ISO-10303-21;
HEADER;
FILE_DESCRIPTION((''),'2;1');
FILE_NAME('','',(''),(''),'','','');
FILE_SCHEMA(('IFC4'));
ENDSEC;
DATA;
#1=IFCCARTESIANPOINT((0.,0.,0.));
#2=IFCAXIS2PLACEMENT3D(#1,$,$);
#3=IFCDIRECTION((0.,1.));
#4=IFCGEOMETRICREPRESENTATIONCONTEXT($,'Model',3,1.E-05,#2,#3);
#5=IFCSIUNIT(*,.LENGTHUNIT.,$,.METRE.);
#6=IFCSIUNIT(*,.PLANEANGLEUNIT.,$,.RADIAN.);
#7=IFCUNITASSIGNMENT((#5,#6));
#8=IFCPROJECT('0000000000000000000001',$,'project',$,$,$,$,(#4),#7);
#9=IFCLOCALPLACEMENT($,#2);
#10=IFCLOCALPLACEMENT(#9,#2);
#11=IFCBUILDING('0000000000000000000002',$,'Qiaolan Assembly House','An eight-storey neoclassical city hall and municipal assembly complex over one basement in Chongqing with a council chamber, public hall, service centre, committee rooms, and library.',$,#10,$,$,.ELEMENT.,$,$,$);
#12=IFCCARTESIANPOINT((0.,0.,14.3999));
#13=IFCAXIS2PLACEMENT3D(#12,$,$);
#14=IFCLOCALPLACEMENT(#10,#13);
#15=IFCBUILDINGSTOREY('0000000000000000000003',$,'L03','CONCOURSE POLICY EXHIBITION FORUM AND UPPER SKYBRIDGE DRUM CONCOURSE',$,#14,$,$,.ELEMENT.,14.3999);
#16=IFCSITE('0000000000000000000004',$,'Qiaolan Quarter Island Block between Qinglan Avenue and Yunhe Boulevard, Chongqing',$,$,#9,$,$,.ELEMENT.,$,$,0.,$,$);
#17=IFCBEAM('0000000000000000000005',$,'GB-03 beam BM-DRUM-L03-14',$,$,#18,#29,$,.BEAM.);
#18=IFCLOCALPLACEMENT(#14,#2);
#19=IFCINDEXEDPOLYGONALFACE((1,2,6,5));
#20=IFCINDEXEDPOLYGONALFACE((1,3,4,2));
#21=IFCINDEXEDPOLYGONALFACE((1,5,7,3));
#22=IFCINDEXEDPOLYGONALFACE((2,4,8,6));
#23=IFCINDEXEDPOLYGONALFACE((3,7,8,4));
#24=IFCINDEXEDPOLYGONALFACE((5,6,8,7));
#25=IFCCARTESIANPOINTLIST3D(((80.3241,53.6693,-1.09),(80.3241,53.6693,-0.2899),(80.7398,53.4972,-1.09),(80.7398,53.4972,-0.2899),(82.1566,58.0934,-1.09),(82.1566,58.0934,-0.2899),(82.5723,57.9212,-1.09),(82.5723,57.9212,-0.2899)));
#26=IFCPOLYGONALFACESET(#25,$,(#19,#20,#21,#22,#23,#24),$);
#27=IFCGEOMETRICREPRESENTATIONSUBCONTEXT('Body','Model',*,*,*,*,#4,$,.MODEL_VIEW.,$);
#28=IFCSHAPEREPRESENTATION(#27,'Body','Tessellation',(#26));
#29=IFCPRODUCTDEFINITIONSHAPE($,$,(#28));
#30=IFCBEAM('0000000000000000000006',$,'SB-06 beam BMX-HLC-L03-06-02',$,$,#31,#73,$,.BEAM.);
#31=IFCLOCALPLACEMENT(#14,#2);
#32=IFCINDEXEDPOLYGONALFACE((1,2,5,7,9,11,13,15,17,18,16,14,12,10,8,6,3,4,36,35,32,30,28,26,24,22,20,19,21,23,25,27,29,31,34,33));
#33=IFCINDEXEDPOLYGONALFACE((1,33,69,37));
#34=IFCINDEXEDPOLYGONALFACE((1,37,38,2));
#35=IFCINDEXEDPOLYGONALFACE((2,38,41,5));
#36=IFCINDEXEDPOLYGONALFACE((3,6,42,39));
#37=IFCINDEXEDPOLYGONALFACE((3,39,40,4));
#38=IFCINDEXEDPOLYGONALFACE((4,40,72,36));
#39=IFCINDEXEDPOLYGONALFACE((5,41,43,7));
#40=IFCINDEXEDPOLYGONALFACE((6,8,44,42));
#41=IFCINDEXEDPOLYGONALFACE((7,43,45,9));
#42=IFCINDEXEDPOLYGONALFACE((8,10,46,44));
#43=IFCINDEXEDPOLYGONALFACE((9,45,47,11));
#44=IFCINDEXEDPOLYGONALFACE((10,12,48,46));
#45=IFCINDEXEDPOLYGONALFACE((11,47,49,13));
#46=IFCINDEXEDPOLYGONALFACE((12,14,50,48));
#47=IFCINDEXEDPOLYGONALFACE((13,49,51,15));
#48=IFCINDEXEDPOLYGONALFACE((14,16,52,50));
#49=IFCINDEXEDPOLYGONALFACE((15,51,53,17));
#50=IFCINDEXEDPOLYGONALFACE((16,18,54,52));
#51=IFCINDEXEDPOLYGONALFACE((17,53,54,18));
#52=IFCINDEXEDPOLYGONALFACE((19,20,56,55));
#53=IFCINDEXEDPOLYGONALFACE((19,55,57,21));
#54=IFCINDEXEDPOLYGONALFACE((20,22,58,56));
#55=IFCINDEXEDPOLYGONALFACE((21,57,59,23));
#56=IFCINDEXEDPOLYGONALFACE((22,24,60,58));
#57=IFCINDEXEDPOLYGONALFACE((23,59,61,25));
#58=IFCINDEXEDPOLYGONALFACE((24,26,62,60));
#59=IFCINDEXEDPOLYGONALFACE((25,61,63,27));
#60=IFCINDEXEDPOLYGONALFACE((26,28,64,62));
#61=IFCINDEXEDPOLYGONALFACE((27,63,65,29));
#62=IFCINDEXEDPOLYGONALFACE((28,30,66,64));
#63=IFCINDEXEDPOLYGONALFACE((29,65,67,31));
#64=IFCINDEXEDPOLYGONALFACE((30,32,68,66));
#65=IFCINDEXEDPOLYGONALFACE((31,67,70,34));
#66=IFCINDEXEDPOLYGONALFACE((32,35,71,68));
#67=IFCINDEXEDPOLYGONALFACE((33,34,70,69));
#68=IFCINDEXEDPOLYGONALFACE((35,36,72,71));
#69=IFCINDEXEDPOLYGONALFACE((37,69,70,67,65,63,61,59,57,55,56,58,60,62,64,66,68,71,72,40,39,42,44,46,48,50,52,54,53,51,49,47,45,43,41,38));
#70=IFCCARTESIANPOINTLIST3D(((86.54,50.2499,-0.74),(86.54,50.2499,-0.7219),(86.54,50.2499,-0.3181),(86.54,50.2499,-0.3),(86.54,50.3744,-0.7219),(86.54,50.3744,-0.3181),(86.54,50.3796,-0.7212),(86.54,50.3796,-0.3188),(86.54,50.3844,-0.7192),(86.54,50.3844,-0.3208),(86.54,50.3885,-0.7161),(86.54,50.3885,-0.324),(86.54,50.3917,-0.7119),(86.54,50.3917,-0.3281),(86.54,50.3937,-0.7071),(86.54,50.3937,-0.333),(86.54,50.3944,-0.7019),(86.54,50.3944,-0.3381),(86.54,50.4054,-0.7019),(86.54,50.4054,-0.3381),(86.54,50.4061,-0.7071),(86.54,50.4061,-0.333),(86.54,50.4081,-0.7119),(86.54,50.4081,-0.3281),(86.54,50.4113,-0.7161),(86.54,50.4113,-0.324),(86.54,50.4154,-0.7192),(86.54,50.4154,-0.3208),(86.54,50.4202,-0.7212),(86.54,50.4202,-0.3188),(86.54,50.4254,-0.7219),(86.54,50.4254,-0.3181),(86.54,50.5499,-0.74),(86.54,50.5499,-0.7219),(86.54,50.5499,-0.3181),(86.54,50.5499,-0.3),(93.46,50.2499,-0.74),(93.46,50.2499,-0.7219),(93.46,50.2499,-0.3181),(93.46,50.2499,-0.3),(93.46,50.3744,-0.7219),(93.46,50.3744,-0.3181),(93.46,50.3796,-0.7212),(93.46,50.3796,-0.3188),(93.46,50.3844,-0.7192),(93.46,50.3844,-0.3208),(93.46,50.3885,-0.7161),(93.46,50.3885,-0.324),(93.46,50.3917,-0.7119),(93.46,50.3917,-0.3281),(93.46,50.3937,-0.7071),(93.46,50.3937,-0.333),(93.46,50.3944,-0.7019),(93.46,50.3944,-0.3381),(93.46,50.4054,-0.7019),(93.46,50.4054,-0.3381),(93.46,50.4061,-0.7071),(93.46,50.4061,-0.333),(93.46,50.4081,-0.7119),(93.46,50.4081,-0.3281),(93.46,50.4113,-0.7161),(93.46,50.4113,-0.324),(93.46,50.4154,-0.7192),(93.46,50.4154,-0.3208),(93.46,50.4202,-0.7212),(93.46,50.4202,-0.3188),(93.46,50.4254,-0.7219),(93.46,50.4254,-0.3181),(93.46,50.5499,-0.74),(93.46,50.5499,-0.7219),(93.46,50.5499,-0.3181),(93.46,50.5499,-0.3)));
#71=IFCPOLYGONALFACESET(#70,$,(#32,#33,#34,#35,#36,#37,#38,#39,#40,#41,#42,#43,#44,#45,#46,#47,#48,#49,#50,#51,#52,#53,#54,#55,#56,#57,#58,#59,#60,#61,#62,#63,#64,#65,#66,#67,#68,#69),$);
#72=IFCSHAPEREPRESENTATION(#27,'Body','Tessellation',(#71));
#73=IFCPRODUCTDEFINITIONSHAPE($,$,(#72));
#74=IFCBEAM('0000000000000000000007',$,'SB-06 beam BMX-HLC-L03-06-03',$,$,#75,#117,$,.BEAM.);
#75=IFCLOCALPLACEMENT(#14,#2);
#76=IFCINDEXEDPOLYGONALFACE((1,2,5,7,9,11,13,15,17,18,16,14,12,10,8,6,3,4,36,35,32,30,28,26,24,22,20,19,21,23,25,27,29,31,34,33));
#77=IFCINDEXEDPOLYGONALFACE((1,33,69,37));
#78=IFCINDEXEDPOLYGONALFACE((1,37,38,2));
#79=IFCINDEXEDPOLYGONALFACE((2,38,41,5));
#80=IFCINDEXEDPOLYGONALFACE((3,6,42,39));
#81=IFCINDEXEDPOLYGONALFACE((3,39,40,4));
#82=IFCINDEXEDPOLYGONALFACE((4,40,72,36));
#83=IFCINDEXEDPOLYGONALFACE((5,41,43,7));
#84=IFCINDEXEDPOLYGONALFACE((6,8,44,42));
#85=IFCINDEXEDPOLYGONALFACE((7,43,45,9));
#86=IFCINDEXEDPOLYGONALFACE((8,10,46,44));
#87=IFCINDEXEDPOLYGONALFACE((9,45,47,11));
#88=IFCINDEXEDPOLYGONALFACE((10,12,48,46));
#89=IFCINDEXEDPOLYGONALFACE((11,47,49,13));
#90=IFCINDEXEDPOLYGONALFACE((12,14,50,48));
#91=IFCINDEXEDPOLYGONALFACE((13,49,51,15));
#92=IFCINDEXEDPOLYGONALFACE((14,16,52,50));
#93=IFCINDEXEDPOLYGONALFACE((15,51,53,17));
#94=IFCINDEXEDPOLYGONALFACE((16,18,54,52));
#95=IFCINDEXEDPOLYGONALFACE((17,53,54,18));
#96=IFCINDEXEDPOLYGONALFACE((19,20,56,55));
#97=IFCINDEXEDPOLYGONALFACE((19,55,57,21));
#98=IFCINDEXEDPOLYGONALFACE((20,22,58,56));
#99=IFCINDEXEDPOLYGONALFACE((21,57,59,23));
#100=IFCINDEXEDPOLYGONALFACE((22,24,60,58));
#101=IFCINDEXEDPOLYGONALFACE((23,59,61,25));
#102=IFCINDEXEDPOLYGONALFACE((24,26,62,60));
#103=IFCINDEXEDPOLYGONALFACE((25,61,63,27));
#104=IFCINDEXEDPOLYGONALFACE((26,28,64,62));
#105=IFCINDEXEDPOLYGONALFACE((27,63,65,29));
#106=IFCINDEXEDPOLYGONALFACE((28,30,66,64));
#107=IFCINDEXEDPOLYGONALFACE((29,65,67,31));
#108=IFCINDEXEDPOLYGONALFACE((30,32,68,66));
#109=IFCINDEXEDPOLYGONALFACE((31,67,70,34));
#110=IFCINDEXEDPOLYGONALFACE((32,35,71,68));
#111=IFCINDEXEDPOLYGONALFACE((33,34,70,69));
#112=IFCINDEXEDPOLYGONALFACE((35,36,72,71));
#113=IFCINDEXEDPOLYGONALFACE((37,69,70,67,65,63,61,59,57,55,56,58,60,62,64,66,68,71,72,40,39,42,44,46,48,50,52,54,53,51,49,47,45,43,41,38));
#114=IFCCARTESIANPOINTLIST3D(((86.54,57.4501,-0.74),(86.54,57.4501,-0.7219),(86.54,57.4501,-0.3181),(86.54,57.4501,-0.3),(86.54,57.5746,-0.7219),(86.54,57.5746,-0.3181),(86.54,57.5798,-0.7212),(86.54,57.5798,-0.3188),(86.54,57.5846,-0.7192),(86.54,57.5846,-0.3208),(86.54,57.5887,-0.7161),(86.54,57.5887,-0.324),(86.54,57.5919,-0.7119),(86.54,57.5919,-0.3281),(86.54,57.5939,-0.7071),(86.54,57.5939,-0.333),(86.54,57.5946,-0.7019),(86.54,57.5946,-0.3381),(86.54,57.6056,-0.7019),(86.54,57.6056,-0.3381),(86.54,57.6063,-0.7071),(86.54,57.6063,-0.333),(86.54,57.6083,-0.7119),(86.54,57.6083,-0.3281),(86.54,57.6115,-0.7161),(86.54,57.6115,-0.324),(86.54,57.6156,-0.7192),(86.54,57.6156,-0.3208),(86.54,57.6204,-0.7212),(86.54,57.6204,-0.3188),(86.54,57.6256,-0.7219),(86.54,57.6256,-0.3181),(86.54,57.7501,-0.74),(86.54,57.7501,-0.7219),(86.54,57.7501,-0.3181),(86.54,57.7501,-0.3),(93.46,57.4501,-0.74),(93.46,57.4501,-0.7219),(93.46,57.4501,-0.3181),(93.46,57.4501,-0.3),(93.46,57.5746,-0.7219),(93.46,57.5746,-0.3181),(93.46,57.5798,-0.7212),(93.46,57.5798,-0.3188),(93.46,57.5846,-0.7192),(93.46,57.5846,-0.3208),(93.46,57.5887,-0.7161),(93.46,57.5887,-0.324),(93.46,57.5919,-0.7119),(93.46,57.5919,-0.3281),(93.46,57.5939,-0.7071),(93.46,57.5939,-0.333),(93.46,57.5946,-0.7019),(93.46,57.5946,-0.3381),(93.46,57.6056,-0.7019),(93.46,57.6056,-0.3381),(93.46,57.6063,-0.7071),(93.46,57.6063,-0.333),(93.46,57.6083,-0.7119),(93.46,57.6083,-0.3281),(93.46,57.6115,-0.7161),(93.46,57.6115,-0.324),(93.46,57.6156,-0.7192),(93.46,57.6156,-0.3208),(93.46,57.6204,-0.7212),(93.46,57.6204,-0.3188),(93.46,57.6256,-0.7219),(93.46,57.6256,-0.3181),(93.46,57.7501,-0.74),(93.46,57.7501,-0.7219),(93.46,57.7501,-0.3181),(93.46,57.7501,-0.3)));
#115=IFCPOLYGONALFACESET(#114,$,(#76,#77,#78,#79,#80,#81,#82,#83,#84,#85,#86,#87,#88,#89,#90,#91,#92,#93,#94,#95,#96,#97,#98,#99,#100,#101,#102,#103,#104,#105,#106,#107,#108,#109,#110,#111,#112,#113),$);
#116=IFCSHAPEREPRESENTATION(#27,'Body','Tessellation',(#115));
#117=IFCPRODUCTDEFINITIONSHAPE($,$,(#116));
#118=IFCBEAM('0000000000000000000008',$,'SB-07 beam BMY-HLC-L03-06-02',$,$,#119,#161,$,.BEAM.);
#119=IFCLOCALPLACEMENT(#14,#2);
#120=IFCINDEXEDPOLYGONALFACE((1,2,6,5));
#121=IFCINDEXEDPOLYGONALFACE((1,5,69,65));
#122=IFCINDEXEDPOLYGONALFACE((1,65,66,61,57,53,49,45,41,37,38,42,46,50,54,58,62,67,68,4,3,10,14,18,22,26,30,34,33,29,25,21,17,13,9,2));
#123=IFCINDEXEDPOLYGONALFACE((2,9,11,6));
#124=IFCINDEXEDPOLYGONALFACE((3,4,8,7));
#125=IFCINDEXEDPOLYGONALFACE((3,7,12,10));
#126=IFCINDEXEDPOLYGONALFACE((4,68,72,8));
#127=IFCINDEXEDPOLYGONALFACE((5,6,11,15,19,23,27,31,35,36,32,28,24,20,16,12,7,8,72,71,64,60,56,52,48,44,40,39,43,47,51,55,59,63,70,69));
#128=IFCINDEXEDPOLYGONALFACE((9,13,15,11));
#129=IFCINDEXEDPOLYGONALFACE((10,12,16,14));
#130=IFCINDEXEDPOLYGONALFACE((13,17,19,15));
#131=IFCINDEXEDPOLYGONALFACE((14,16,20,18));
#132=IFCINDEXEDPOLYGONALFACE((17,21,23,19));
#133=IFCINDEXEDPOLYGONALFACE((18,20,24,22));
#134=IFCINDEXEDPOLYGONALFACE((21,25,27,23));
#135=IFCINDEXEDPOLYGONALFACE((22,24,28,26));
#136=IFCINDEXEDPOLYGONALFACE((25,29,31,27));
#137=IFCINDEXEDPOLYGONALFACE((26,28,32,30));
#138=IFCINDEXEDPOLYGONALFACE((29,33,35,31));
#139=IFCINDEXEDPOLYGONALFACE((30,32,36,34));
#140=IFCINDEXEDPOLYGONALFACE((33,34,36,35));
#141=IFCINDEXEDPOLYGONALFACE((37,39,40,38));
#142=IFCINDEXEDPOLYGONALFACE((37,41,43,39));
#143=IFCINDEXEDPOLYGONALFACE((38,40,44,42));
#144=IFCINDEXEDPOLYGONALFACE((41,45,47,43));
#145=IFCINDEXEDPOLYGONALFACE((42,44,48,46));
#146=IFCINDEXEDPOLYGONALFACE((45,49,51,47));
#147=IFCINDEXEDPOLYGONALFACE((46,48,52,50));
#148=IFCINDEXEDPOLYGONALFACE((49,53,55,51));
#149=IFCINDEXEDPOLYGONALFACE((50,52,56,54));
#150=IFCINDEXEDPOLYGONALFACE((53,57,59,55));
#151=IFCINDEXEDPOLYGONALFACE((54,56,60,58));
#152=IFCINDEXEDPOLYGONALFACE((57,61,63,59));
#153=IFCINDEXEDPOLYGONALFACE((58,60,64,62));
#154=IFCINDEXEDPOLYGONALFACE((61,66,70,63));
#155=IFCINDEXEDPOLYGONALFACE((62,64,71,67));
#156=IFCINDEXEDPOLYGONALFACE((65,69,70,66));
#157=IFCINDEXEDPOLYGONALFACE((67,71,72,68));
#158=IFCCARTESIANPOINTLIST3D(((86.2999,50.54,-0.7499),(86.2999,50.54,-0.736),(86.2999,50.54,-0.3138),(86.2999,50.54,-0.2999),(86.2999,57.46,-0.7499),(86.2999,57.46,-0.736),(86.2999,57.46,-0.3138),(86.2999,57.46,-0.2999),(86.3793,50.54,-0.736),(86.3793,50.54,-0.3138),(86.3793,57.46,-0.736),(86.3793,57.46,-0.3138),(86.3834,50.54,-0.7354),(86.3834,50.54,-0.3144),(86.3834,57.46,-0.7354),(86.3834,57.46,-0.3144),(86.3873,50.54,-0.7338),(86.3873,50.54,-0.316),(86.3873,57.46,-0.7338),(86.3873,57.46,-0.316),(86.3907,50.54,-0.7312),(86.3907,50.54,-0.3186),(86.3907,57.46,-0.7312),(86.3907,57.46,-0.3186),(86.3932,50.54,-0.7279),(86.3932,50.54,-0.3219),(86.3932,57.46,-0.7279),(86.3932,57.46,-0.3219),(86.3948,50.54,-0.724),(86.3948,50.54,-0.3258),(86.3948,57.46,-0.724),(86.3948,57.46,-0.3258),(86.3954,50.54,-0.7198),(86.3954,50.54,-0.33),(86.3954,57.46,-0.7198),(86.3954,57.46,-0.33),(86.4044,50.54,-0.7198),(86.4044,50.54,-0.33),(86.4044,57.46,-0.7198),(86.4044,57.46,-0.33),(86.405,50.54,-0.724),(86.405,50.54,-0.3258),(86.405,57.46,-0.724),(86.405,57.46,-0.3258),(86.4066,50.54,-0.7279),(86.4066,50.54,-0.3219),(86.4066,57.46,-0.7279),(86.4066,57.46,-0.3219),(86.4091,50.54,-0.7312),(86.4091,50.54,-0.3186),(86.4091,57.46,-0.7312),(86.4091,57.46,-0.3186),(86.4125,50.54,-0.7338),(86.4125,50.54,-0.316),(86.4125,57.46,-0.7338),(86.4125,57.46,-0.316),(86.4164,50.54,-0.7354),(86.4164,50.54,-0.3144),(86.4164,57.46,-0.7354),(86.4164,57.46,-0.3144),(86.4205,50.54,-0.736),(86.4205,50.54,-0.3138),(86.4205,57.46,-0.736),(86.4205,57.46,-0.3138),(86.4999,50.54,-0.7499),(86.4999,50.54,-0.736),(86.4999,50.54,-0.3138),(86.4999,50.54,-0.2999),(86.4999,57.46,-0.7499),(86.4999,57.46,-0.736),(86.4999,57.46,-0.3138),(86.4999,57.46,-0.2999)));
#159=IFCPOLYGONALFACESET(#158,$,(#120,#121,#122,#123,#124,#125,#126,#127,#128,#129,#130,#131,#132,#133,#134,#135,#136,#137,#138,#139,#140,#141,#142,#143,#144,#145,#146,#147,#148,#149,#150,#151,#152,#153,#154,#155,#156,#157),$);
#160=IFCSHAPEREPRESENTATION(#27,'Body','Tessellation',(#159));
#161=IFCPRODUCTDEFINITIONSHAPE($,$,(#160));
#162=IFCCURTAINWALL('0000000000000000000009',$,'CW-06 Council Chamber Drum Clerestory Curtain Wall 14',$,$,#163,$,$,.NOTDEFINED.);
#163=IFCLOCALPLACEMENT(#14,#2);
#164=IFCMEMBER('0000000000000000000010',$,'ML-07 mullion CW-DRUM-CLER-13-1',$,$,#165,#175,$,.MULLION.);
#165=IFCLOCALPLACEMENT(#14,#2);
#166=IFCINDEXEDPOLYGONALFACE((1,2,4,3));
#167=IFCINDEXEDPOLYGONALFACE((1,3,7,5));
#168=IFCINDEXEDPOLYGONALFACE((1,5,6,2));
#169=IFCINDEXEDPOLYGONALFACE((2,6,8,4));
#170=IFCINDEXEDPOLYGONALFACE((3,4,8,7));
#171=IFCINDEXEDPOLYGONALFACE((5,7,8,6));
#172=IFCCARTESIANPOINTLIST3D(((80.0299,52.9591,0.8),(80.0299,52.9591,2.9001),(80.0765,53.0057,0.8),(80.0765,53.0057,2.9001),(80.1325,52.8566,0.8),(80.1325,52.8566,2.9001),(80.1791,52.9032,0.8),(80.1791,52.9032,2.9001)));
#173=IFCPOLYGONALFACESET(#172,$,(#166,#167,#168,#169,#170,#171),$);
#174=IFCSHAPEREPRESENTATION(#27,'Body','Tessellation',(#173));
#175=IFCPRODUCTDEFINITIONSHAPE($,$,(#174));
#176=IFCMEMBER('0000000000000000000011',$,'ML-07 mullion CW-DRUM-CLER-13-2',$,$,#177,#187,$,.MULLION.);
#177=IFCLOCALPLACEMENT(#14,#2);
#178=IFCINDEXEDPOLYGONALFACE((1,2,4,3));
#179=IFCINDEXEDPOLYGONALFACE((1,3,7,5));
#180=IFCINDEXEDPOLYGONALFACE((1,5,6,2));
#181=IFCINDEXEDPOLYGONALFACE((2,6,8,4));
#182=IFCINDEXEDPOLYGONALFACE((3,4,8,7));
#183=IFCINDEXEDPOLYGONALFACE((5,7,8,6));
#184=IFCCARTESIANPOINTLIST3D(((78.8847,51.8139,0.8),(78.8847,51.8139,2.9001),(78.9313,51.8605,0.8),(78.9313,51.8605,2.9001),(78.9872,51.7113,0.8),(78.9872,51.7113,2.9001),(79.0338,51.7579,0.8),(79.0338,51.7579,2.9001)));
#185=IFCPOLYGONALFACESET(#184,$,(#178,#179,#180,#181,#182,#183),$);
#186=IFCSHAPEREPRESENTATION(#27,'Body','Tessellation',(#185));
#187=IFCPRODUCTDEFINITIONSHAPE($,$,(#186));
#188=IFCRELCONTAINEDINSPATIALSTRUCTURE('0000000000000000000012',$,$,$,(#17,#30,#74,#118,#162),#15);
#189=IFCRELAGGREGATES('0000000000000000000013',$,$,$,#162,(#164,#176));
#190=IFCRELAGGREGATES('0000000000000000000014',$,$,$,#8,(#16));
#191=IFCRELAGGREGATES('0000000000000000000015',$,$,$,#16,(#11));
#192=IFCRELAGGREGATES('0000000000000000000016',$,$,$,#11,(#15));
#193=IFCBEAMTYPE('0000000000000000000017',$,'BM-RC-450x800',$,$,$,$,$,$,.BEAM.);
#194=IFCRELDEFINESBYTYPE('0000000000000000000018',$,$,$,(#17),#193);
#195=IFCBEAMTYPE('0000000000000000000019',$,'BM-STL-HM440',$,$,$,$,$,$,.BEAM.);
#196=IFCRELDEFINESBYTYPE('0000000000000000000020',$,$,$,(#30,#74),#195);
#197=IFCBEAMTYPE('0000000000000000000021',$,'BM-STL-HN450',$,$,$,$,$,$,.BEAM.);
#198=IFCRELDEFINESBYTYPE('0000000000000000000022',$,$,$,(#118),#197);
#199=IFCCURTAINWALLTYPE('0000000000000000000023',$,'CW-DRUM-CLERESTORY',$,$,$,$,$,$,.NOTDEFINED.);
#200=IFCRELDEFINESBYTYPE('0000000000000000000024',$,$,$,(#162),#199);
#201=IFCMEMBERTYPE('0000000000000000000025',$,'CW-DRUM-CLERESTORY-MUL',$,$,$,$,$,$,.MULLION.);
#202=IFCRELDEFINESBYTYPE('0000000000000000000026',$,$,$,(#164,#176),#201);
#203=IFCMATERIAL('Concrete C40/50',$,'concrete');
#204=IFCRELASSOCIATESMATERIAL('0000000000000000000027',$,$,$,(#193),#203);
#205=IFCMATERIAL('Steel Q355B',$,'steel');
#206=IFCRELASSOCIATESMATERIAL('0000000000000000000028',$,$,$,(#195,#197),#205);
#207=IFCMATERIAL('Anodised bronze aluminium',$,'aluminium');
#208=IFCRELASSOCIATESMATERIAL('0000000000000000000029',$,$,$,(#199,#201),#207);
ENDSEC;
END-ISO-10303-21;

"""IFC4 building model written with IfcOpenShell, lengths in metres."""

from ifc_helpers import new_model, si_unit, direction, frame, origin, origin_2d, place, context, subcontext, project, spatial, rectangle, i_section, extrude, material, material_profile, profile_set, type_object, element, aggregate, save


model = new_model("IFC4")

# Units and contexts
model_context = context("Model", 3, precision=1e-05, world=origin(), true_north=direction((0.0, 1.0)))
body_context = subcontext(model_context, "Body", "Model", "MODEL_VIEW")
ifc_project = project(units=[si_unit("LENGTHUNIT", "METRE"), si_unit("PLANEANGLEUNIT", "RADIAN")], contexts=[model_context])

# Site, building, storey
site_placement = place(None, origin())
site = spatial("IfcSite", under=ifc_project, at=site_placement, Name="Qiaolan Quarter Island Block between Qinglan Avenue and Yunhe Boulevard, Chongqing", CompositionType="ELEMENT", RefElevation=0.0)
building_placement = place(site_placement, origin())
building = spatial("IfcBuilding", under=site, at=building_placement, Name="Qiaolan Assembly House", Description="An eight-storey neoclassical city hall and municipal assembly complex over one basement in Chongqing with a council chamber, public hall, service centre, committee rooms, and library.", CompositionType="ELEMENT")
storey_placement = place(building_placement, frame((0.0, 0.0, 14.3999)))
storey = spatial("IfcBuildingStorey", under=building, at=storey_placement, Name="L03", Description="CONCOURSE POLICY EXHIBITION FORUM AND UPPER SKYBRIDGE DRUM CONCOURSE", CompositionType="ELEMENT", Elevation=14.3999)

# Shared definitions
ifc_material_1 = material(Name="Steel Q355B", Category="steel")

# Beams
ifc_material_2 = material(Name="Concrete C40/50", Category="concrete")
ifc_material_profile_1 = material_profile(ifc_material_2, rectangle(XDim=0.45, YDim=0.8, at=origin_2d()), Name="RCB 450x800")
ifc_profile_set_1 = profile_set([ifc_material_profile_1], Name="Concrete C40/50")
beam_type_1 = type_object("IfcBeamType", Name="BM-RC-450x800", PredefinedType="BEAM", material=ifc_profile_set_1)
beam_1_placement = place(storey_placement, frame((80.532, 53.5833, -0.6899), z_axis=(0.382685, 0.923879, 0.0), x_axis=(-0.923879, 0.382685, 0.0)))
element("IfcBeam", 1, at=beam_1_placement, inside=storey, type_object=beam_type_1, Name="GB-03 beam BM-DRUM-L03-14", PredefinedType="BEAM", context=body_context, shape_type="SweptSolid", body=[
    extrude(rectangle(XDim=0.45, YDim=0.8, at=origin_2d()), origin(), (0.0, 0.0, 1.0), 4.7886),
])
ifc_material_profile_2 = material_profile(ifc_material_1, i_section(OverallWidth=0.3, OverallDepth=0.4399, WebThickness=0.011, FlangeThickness=0.0181, FilletRadius=0.02, at=origin_2d()), Name="HM 440x300x11x18")
ifc_profile_set_2 = profile_set([ifc_material_profile_2], Name="Steel Q355B")
beam_type_2 = type_object("IfcBeamType", Name="BM-STL-HM440", PredefinedType="BEAM", material=ifc_profile_set_2)
for number, where, z_axis, x_axis, name in (
    (2, (86.54, 50.3999, -0.52), (1.0, 0.0, 0.0), (0.0, 1.0, 0.0), "SB-06 beam BMX-HLC-L03-06-02"),
    (3, (86.54, 57.6001, -0.52), (1.0, 0.0, 0.0), (0.0, 1.0, 0.0), "SB-06 beam BMX-HLC-L03-06-03"),
):
    element("IfcBeam", number, at=place(storey_placement, frame(where, z_axis=z_axis, x_axis=x_axis)), inside=storey, type_object=beam_type_2, Name=name, PredefinedType="BEAM", context=body_context, shape_type="SweptSolid", body=[
        extrude(i_section(OverallWidth=0.3, OverallDepth=0.4399, WebThickness=0.011, FlangeThickness=0.0181, FilletRadius=0.02, at=origin_2d()), origin(), (0.0, 0.0, 1.0), 6.9199),
    ])
ifc_material_profile_3 = material_profile(ifc_material_1, i_section(OverallWidth=0.2, OverallDepth=0.45, WebThickness=0.009, FlangeThickness=0.0139, FilletRadius=0.0161, at=origin_2d()), Name="HN 450x200x9x14")
ifc_profile_set_3 = profile_set([ifc_material_profile_3], Name="Steel Q355B")
beam_type_3 = type_object("IfcBeamType", Name="BM-STL-HN450", PredefinedType="BEAM", material=ifc_profile_set_3)
beam_2_placement = place(storey_placement, frame((86.3999, 50.54, -0.5249), z_axis=(0.0, 1.0, 0.0), x_axis=(-1.0, 0.0, 0.0)))
element("IfcBeam", 4, at=beam_2_placement, inside=storey, type_object=beam_type_3, Name="SB-07 beam BMY-HLC-L03-06-02", PredefinedType="BEAM", context=body_context, shape_type="SweptSolid", body=[
    extrude(i_section(OverallWidth=0.2, OverallDepth=0.45, WebThickness=0.009, FlangeThickness=0.0139, FilletRadius=0.0161, at=origin_2d()), origin(), (0.0, 0.0, 1.0), 6.9199),
])

# Curtain wall, members
ifc_material_3 = material(Name="Anodised bronze aluminium", Category="aluminium")
curtain_wall_type = type_object("IfcCurtainWallType", Name="CW-DRUM-CLERESTORY", PredefinedType="NOTDEFINED", material=ifc_material_3)
curtain_wall_1_placement = place(storey_placement, origin())
curtain_wall_1 = element("IfcCurtainWall", 5, at=curtain_wall_1_placement, inside=storey, type_object=curtain_wall_type, Name="CW-06 Council Chamber Drum Clerestory Curtain Wall 14", PredefinedType="NOTDEFINED")
ifc_material_profile_4 = material_profile(ifc_material_3, rectangle(XDim=0.0659, YDim=0.145, at=origin_2d()), Name="MUL 66x145")
ifc_profile_set_4 = profile_set([ifc_material_profile_4], Name="Anodised bronze aluminium")
member_type_1 = type_object("IfcMemberType", Name="CW-DRUM-CLERESTORY-MUL", PredefinedType="MULLION", material=ifc_profile_set_4)
member_1_placement = place(storey_placement, frame((80.1045, 52.9312, 0.8), z_axis=(0.0, 0.0, 1.0), x_axis=(-0.707107, -0.707107, 0.0)))
member_1 = element("IfcMember", 6, at=member_1_placement, type_object=member_type_1, Name="ML-07 mullion CW-DRUM-CLER-13-1", PredefinedType="MULLION", context=body_context, shape_type="SweptSolid", body=[
    extrude(rectangle(XDim=0.0659, YDim=0.145, at=origin_2d()), origin(), (0.0, 0.0, 1.0), 2.1001),
])
member_2_placement = place(storey_placement, frame((78.9592, 51.7859, 0.8), z_axis=(0.0, 0.0, 1.0), x_axis=(-0.707107, -0.707107, 0.0)))
member_2 = element("IfcMember", 7, at=member_2_placement, type_object=member_type_1, Name="ML-07 mullion CW-DRUM-CLER-13-2", PredefinedType="MULLION", context=body_context, shape_type="SweptSolid", body=[
    extrude(rectangle(XDim=0.0659, YDim=0.145, at=origin_2d()), origin(), (0.0, 0.0, 1.0), 2.1001),
])

aggregate(curtain_wall_1, [member_1, member_2])

save(model, "model.ifc")
